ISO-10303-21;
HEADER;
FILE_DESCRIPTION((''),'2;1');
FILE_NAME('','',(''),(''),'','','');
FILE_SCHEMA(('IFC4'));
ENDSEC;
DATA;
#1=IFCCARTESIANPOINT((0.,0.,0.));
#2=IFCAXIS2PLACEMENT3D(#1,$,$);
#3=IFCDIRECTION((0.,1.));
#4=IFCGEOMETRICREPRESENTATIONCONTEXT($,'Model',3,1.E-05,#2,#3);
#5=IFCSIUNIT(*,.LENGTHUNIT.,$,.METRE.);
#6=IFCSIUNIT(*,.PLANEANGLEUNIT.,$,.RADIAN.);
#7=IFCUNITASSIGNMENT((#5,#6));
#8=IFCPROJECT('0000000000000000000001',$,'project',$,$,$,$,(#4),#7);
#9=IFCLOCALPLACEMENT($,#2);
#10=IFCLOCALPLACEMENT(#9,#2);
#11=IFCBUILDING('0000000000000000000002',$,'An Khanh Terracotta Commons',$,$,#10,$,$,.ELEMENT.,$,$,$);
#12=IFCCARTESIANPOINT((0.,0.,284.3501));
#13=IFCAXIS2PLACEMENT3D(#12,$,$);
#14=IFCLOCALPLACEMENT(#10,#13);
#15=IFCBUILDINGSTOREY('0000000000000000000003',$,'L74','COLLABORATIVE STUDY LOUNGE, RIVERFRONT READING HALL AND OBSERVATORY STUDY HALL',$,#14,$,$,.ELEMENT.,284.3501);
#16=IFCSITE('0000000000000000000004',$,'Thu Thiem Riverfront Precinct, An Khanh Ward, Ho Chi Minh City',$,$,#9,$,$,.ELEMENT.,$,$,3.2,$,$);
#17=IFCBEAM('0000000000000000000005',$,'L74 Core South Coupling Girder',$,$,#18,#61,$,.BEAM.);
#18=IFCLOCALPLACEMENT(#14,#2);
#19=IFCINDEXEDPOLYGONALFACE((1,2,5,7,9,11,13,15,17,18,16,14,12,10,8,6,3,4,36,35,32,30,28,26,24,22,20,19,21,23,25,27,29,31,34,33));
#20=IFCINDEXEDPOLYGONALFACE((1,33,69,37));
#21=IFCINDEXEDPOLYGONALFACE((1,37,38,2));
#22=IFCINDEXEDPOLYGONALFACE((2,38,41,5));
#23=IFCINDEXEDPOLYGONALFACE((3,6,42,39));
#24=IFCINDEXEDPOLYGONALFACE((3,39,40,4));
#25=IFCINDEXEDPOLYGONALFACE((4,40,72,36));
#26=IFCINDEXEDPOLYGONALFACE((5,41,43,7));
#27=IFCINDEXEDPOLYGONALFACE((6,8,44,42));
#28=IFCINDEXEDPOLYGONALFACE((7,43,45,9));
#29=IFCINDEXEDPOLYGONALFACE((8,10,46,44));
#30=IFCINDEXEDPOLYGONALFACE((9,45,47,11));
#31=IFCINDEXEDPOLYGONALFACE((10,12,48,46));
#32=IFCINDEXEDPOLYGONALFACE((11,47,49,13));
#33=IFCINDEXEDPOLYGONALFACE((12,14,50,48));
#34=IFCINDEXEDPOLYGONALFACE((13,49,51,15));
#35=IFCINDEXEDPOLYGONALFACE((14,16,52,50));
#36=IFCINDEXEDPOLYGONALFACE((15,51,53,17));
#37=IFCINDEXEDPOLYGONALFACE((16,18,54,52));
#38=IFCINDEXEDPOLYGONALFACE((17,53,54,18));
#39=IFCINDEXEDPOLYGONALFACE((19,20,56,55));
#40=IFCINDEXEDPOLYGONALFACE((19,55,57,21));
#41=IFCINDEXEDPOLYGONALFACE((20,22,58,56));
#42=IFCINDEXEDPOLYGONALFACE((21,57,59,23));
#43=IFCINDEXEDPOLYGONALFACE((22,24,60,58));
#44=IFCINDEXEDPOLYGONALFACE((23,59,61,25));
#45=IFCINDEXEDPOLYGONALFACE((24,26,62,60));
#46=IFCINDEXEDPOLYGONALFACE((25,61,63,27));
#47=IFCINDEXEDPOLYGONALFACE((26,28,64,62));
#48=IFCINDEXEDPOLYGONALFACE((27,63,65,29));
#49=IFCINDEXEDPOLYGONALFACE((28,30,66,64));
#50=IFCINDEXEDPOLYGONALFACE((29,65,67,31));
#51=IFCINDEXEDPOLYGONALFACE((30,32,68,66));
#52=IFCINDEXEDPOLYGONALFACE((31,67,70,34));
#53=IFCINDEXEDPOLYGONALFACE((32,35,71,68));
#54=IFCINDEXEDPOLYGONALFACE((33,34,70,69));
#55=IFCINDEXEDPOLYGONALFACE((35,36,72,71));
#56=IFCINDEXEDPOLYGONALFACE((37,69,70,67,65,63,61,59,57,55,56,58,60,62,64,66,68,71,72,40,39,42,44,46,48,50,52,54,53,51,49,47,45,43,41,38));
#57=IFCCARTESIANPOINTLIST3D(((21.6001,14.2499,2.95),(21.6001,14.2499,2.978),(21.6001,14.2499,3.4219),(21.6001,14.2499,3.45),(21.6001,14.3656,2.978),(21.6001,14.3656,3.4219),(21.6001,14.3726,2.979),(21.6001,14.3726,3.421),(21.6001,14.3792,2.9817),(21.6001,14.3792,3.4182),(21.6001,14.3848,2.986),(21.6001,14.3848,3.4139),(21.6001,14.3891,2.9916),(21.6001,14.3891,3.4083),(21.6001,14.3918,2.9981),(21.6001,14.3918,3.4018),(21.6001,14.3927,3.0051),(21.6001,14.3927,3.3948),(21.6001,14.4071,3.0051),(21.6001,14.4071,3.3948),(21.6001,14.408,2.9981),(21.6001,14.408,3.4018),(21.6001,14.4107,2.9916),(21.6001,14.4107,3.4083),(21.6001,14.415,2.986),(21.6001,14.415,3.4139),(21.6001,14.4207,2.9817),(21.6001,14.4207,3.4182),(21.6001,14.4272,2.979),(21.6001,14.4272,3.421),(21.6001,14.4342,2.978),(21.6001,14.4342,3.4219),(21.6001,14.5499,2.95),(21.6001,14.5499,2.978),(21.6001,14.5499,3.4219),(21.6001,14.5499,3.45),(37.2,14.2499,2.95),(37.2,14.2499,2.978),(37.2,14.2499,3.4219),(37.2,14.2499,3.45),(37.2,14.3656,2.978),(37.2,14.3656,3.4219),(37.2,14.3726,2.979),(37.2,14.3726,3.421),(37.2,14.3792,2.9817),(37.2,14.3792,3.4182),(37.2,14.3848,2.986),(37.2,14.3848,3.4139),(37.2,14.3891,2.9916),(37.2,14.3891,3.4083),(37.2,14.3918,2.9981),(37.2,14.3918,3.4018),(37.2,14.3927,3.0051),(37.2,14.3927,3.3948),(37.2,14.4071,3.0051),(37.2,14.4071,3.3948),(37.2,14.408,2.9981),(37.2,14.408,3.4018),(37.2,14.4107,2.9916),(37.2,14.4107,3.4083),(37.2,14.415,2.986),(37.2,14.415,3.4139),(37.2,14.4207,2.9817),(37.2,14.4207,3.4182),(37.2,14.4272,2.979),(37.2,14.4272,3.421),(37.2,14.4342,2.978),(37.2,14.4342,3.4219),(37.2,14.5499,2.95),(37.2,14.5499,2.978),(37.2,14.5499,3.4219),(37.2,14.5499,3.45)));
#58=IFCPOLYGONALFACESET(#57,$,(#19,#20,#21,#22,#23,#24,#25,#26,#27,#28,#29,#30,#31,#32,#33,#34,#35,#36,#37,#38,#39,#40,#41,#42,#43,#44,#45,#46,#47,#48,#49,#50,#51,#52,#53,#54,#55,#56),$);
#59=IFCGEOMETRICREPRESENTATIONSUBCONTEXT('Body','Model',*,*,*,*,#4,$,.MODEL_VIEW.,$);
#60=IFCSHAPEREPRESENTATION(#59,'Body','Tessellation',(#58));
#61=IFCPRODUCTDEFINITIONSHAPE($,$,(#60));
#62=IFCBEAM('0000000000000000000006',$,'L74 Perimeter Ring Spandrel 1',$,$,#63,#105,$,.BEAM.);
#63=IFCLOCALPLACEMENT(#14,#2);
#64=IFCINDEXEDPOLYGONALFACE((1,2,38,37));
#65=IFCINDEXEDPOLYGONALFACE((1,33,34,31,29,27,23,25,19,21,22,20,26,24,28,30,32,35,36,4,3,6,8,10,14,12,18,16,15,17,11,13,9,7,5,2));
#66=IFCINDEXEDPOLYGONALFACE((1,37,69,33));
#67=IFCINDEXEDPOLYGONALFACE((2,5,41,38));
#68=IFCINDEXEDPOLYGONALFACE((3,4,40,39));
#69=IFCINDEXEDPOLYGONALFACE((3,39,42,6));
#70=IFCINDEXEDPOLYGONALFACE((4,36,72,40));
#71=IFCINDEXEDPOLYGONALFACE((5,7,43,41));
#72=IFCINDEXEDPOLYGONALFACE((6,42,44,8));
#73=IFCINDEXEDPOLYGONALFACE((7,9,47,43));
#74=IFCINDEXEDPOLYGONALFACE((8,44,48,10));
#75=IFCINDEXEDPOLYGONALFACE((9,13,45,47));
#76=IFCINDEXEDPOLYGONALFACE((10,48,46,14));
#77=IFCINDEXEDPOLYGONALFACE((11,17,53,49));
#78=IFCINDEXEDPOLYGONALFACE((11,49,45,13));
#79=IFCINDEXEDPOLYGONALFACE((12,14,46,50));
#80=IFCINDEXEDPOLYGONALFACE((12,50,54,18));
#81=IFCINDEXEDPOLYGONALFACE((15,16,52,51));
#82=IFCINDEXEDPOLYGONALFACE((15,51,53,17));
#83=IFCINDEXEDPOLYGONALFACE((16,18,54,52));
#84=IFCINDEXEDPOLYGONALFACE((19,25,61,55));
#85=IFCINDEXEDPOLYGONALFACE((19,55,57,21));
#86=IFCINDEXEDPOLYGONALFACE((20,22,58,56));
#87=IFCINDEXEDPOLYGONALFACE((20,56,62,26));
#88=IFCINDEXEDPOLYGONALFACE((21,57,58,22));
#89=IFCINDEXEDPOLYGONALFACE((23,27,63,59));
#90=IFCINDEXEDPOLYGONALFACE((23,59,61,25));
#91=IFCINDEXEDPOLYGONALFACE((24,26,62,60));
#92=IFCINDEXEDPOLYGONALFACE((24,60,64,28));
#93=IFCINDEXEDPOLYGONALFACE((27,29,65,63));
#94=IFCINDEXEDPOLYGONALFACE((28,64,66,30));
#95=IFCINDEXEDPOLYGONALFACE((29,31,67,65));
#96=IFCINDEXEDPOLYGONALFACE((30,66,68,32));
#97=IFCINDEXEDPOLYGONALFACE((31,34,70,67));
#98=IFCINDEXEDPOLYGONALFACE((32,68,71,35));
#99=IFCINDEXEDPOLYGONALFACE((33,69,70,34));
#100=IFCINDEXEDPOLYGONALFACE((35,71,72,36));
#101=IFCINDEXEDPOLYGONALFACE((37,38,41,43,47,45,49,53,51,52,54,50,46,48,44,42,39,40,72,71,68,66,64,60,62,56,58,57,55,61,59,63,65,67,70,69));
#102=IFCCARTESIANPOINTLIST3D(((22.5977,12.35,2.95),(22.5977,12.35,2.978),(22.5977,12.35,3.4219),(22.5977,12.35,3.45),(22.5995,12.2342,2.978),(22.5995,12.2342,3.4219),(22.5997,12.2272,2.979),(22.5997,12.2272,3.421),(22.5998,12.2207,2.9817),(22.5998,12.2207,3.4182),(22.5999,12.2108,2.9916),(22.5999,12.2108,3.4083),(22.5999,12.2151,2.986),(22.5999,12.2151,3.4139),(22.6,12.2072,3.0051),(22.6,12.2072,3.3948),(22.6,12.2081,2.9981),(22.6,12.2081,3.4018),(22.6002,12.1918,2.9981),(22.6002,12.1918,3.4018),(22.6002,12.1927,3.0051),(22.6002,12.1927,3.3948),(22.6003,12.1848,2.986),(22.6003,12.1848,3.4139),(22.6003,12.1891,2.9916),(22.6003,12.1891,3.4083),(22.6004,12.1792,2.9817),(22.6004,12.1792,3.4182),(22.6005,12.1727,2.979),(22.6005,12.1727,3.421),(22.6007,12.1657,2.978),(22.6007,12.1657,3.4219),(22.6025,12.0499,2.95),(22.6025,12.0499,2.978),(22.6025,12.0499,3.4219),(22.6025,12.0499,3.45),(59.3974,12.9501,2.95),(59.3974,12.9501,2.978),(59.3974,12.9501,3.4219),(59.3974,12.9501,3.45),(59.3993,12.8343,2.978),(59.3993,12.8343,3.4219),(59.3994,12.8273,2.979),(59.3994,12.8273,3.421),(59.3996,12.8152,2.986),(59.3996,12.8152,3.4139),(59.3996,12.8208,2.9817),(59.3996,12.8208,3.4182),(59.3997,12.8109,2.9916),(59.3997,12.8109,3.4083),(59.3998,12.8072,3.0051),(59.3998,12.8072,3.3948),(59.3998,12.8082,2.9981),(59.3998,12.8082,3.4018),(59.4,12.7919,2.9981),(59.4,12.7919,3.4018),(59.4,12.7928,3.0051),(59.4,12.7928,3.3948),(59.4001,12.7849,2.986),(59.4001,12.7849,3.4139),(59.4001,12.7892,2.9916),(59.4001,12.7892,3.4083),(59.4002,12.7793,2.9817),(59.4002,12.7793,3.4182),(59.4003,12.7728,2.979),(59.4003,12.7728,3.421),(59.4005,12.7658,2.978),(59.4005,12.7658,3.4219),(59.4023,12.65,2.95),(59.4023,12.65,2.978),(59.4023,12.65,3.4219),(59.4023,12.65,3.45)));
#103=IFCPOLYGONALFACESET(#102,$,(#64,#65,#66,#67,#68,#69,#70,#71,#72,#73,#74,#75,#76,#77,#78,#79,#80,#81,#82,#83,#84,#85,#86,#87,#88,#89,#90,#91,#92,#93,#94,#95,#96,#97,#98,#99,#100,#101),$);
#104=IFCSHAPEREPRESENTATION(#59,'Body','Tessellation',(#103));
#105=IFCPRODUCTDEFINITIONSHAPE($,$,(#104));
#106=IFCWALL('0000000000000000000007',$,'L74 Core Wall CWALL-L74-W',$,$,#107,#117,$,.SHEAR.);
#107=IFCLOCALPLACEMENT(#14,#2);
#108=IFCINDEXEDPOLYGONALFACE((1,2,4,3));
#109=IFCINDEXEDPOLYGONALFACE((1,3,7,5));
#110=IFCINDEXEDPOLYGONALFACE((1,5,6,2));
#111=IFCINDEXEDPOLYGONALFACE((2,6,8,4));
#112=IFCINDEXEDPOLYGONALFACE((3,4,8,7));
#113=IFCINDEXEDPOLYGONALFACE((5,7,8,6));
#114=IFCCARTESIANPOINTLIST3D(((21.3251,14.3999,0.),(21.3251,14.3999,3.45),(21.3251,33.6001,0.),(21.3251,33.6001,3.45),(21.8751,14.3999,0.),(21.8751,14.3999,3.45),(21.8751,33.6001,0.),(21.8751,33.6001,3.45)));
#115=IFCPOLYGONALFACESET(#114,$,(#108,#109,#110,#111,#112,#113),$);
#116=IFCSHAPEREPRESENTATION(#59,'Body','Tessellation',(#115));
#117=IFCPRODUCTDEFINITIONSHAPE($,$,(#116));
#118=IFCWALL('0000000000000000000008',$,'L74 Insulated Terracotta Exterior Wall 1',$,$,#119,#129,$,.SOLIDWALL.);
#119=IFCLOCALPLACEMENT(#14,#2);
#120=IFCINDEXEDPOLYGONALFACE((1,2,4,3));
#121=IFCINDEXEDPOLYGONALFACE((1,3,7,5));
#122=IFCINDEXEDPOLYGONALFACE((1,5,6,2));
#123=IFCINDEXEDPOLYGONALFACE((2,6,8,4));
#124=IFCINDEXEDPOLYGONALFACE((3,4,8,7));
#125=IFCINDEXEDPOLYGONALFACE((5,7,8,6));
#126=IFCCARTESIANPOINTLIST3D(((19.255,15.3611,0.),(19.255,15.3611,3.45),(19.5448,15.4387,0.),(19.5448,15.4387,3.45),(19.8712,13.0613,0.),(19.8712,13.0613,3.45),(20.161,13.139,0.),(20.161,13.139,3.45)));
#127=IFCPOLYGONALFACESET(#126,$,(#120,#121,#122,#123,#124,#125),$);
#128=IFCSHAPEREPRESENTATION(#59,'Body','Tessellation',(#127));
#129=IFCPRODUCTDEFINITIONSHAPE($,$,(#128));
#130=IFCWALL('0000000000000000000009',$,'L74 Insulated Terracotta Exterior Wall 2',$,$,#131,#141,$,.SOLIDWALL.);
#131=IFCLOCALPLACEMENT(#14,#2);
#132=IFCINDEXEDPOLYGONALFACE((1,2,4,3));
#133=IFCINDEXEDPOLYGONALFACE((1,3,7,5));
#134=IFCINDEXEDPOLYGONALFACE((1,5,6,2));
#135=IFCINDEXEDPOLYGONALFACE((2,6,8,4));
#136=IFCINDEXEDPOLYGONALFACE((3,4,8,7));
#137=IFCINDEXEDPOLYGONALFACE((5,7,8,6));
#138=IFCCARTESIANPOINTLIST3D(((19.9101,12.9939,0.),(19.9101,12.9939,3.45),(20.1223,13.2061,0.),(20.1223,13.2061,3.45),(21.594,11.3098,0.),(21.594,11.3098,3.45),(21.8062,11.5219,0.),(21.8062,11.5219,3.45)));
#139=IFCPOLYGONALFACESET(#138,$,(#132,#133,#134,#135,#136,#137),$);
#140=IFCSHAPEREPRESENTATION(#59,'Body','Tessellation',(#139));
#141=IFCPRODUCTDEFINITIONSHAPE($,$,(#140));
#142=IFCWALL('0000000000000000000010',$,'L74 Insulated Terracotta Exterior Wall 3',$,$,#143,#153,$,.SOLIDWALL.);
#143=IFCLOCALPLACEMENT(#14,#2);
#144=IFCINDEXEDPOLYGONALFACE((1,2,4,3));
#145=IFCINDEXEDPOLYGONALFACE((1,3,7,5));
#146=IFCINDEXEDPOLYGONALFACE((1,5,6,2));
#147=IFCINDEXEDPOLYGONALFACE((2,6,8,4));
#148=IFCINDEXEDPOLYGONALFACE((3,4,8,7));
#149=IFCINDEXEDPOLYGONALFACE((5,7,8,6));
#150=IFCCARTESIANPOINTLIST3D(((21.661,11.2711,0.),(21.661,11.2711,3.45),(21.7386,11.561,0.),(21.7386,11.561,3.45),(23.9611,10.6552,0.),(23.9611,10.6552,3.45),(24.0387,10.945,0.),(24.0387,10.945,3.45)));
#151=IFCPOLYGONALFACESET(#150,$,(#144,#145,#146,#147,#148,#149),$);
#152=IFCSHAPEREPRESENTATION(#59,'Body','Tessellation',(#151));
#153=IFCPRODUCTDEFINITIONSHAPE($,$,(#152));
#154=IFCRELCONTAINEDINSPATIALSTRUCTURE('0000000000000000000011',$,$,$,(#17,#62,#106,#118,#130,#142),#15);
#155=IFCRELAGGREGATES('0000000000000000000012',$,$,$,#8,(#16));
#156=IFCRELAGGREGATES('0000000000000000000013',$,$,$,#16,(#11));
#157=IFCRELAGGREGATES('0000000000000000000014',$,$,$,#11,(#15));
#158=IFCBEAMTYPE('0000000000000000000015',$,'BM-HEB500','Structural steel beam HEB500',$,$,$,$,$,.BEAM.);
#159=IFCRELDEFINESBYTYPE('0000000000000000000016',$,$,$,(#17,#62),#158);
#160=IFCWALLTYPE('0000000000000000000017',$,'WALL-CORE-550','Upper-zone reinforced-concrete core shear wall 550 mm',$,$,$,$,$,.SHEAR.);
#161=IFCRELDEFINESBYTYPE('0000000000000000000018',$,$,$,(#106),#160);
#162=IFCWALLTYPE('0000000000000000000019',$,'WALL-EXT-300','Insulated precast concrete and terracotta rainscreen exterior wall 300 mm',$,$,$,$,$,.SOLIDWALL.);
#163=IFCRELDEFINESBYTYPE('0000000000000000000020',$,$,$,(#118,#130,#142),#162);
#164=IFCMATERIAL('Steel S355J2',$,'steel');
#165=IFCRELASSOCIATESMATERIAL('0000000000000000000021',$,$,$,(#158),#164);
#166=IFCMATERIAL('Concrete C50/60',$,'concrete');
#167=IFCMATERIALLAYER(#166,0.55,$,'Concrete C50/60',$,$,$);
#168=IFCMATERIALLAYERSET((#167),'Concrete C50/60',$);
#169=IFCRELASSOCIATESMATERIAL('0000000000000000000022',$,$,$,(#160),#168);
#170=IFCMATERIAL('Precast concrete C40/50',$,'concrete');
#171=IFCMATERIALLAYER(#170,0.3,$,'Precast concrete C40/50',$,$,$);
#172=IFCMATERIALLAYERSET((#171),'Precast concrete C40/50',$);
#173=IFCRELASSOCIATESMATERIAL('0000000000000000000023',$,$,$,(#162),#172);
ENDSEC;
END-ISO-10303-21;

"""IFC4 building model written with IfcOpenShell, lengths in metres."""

from ifc_helpers import new_model, si_unit, direction, frame, frame_2d, origin, origin_2d, place, context, subcontext, project, spatial, rectangle, i_section, extrude, material, layer, layer_set, material_profile, profile_set, type_object, element, save


model = new_model("IFC4")

# Units and contexts
model_context = context("Model", 3, precision=1e-05, world=origin(), true_north=direction((0.0, 1.0)))
body_context = subcontext(model_context, "Body", "Model", "MODEL_VIEW")
ifc_project = project(units=[si_unit("LENGTHUNIT", "METRE"), si_unit("PLANEANGLEUNIT", "RADIAN")], contexts=[model_context])

# Site, building, storey
site_placement = place(None, origin())
site = spatial("IfcSite", under=ifc_project, at=site_placement, Name="Thu Thiem Riverfront Precinct, An Khanh Ward, Ho Chi Minh City", CompositionType="ELEMENT", RefElevation=3.2)
building_placement = place(site_placement, origin())
building = spatial("IfcBuilding", under=site, at=building_placement, Name="An Khanh Terracotta Commons", CompositionType="ELEMENT")
storey_placement = place(building_placement, frame((0.0, 0.0, 284.3501)))
storey = spatial("IfcBuildingStorey", under=building, at=storey_placement, Name="L74", Description="COLLABORATIVE STUDY LOUNGE, RIVERFRONT READING HALL AND OBSERVATORY STUDY HALL", CompositionType="ELEMENT", Elevation=284.3501)

# Shared definitions
ifc_material_1 = material(Name="Concrete C50/60", Category="concrete")

# Beams
ifc_material_2 = material(Name="Steel S355J2", Category="steel")
ifc_material_profile_1 = material_profile(ifc_material_2, i_section(OverallWidth=0.3, OverallDepth=0.5, WebThickness=0.0144, FlangeThickness=0.0281, FilletRadius=0.0271, at=origin_2d()), Name="HEB500")
ifc_profile_set_1 = profile_set([ifc_material_profile_1], Name="Steel S355J2")
beam_type_1 = type_object("IfcBeamType", Name="BM-HEB500", Description="Structural steel beam HEB500", PredefinedType="BEAM", material=ifc_profile_set_1)
beam_1_placement = place(storey_placement, frame((21.6001, 14.3999, 3.2), z_axis=(1.0, 0.0, 0.0), x_axis=(0.0, 1.0, 0.0)))
element("IfcBeam", 1, at=beam_1_placement, inside=storey, type_object=beam_type_1, Name="L74 Core South Coupling Girder", PredefinedType="BEAM", context=body_context, shape_type="SweptSolid", body=[
    extrude(i_section(OverallWidth=0.3, OverallDepth=0.5, WebThickness=0.0144, FlangeThickness=0.0281, FilletRadius=0.0271, at=origin_2d()), origin(), (0.0, 0.0, 1.0), 15.5999),
])
beam_2_placement = place(storey_placement, frame((22.6001, 12.2, 3.2), z_axis=(0.999867, 0.016305, 0.0), x_axis=(-0.016305, 0.999867, 0.0)))
element("IfcBeam", 2, at=beam_2_placement, inside=storey, type_object=beam_type_1, Name="L74 Perimeter Ring Spandrel 1", PredefinedType="BEAM", context=body_context, shape_type="SweptSolid", body=[
    extrude(i_section(OverallWidth=0.3, OverallDepth=0.5, WebThickness=0.0144, FlangeThickness=0.0281, FilletRadius=0.0271, at=origin_2d()), origin(), (0.0, 0.0, 1.0), 36.8047),
])

# Walls
ifc_layer_1 = layer(ifc_material_1, 0.55, Name="Concrete C50/60")
ifc_layer_set_1 = layer_set([ifc_layer_1], Name="Concrete C50/60")
wall_type_1 = type_object("IfcWallType", Name="WALL-CORE-550", Description="Upper-zone reinforced-concrete core shear wall 550 mm", PredefinedType="SHEAR", material=ifc_layer_set_1)
wall_1_placement = place(storey_placement, frame((21.6001, 14.3999, 0.0), z_axis=(0.0, 0.0, 1.0), x_axis=(0.0, 1.0, 0.0)))
element("IfcWall", 3, at=wall_1_placement, inside=storey, type_object=wall_type_1, Name="L74 Core Wall CWALL-L74-W", PredefinedType="SHEAR", context=body_context, shape_type="SweptSolid", body=[
    extrude(rectangle(XDim=19.2002, YDim=0.55, at=frame_2d((9.6001, 0.0))), origin(), (0.0, 0.0, 1.0), 3.45),
])
ifc_material_3 = material(Name="Precast concrete C40/50", Category="concrete")
ifc_layer_2 = layer(ifc_material_3, 0.3, Name="Precast concrete C40/50")
ifc_layer_set_2 = layer_set([ifc_layer_2], Name="Precast concrete C40/50")
wall_type_2 = type_object("IfcWallType", Name="WALL-EXT-300", Description="Insulated precast concrete and terracotta rainscreen exterior wall 300 mm", PredefinedType="SOLIDWALL", material=ifc_layer_set_2)
wall_2_placement = place(storey_placement, frame((19.3999, 15.3999, 0.0), z_axis=(0.0, 0.0, 1.0), x_axis=(0.258811, -0.965928, 0.0)))
element("IfcWall", 4, at=wall_2_placement, inside=storey, type_object=wall_type_2, Name="L74 Insulated Terracotta Exterior Wall 1", PredefinedType="SOLIDWALL", context=body_context, shape_type="SweptSolid", body=[
    extrude(rectangle(XDim=2.3809, YDim=0.3, at=frame_2d((1.1904, 0.0))), origin(), (0.0, 0.0, 1.0), 3.45),
])
wall_3_placement = place(storey_placement, frame((20.0161, 13.1001, 0.0), z_axis=(0.0, 0.0, 1.0), x_axis=(0.707056, -0.707158, 0.0)))
element("IfcWall", 5, at=wall_3_placement, inside=storey, type_object=wall_type_2, Name="L74 Insulated Terracotta Exterior Wall 2", PredefinedType="SOLIDWALL", context=body_context, shape_type="SweptSolid", body=[
    extrude(rectangle(XDim=2.3816, YDim=0.3, at=frame_2d((1.1909, 0.0))), origin(), (0.0, 0.0, 1.0), 3.45),
])
wall_4_placement = place(storey_placement, frame((21.7, 11.416, 0.0), z_axis=(0.0, 0.0, 1.0), x_axis=(0.96596, -0.25869, 0.0)))
element("IfcWall", 6, at=wall_4_placement, inside=storey, type_object=wall_type_2, Name="L74 Insulated Terracotta Exterior Wall 3", PredefinedType="SOLIDWALL", context=body_context, shape_type="SweptSolid", body=[
    extrude(rectangle(XDim=2.3811, YDim=0.3, at=frame_2d((1.1904, 0.0))), origin(), (0.0, 0.0, 1.0), 3.45),
])

save(model, "model.ifc")
